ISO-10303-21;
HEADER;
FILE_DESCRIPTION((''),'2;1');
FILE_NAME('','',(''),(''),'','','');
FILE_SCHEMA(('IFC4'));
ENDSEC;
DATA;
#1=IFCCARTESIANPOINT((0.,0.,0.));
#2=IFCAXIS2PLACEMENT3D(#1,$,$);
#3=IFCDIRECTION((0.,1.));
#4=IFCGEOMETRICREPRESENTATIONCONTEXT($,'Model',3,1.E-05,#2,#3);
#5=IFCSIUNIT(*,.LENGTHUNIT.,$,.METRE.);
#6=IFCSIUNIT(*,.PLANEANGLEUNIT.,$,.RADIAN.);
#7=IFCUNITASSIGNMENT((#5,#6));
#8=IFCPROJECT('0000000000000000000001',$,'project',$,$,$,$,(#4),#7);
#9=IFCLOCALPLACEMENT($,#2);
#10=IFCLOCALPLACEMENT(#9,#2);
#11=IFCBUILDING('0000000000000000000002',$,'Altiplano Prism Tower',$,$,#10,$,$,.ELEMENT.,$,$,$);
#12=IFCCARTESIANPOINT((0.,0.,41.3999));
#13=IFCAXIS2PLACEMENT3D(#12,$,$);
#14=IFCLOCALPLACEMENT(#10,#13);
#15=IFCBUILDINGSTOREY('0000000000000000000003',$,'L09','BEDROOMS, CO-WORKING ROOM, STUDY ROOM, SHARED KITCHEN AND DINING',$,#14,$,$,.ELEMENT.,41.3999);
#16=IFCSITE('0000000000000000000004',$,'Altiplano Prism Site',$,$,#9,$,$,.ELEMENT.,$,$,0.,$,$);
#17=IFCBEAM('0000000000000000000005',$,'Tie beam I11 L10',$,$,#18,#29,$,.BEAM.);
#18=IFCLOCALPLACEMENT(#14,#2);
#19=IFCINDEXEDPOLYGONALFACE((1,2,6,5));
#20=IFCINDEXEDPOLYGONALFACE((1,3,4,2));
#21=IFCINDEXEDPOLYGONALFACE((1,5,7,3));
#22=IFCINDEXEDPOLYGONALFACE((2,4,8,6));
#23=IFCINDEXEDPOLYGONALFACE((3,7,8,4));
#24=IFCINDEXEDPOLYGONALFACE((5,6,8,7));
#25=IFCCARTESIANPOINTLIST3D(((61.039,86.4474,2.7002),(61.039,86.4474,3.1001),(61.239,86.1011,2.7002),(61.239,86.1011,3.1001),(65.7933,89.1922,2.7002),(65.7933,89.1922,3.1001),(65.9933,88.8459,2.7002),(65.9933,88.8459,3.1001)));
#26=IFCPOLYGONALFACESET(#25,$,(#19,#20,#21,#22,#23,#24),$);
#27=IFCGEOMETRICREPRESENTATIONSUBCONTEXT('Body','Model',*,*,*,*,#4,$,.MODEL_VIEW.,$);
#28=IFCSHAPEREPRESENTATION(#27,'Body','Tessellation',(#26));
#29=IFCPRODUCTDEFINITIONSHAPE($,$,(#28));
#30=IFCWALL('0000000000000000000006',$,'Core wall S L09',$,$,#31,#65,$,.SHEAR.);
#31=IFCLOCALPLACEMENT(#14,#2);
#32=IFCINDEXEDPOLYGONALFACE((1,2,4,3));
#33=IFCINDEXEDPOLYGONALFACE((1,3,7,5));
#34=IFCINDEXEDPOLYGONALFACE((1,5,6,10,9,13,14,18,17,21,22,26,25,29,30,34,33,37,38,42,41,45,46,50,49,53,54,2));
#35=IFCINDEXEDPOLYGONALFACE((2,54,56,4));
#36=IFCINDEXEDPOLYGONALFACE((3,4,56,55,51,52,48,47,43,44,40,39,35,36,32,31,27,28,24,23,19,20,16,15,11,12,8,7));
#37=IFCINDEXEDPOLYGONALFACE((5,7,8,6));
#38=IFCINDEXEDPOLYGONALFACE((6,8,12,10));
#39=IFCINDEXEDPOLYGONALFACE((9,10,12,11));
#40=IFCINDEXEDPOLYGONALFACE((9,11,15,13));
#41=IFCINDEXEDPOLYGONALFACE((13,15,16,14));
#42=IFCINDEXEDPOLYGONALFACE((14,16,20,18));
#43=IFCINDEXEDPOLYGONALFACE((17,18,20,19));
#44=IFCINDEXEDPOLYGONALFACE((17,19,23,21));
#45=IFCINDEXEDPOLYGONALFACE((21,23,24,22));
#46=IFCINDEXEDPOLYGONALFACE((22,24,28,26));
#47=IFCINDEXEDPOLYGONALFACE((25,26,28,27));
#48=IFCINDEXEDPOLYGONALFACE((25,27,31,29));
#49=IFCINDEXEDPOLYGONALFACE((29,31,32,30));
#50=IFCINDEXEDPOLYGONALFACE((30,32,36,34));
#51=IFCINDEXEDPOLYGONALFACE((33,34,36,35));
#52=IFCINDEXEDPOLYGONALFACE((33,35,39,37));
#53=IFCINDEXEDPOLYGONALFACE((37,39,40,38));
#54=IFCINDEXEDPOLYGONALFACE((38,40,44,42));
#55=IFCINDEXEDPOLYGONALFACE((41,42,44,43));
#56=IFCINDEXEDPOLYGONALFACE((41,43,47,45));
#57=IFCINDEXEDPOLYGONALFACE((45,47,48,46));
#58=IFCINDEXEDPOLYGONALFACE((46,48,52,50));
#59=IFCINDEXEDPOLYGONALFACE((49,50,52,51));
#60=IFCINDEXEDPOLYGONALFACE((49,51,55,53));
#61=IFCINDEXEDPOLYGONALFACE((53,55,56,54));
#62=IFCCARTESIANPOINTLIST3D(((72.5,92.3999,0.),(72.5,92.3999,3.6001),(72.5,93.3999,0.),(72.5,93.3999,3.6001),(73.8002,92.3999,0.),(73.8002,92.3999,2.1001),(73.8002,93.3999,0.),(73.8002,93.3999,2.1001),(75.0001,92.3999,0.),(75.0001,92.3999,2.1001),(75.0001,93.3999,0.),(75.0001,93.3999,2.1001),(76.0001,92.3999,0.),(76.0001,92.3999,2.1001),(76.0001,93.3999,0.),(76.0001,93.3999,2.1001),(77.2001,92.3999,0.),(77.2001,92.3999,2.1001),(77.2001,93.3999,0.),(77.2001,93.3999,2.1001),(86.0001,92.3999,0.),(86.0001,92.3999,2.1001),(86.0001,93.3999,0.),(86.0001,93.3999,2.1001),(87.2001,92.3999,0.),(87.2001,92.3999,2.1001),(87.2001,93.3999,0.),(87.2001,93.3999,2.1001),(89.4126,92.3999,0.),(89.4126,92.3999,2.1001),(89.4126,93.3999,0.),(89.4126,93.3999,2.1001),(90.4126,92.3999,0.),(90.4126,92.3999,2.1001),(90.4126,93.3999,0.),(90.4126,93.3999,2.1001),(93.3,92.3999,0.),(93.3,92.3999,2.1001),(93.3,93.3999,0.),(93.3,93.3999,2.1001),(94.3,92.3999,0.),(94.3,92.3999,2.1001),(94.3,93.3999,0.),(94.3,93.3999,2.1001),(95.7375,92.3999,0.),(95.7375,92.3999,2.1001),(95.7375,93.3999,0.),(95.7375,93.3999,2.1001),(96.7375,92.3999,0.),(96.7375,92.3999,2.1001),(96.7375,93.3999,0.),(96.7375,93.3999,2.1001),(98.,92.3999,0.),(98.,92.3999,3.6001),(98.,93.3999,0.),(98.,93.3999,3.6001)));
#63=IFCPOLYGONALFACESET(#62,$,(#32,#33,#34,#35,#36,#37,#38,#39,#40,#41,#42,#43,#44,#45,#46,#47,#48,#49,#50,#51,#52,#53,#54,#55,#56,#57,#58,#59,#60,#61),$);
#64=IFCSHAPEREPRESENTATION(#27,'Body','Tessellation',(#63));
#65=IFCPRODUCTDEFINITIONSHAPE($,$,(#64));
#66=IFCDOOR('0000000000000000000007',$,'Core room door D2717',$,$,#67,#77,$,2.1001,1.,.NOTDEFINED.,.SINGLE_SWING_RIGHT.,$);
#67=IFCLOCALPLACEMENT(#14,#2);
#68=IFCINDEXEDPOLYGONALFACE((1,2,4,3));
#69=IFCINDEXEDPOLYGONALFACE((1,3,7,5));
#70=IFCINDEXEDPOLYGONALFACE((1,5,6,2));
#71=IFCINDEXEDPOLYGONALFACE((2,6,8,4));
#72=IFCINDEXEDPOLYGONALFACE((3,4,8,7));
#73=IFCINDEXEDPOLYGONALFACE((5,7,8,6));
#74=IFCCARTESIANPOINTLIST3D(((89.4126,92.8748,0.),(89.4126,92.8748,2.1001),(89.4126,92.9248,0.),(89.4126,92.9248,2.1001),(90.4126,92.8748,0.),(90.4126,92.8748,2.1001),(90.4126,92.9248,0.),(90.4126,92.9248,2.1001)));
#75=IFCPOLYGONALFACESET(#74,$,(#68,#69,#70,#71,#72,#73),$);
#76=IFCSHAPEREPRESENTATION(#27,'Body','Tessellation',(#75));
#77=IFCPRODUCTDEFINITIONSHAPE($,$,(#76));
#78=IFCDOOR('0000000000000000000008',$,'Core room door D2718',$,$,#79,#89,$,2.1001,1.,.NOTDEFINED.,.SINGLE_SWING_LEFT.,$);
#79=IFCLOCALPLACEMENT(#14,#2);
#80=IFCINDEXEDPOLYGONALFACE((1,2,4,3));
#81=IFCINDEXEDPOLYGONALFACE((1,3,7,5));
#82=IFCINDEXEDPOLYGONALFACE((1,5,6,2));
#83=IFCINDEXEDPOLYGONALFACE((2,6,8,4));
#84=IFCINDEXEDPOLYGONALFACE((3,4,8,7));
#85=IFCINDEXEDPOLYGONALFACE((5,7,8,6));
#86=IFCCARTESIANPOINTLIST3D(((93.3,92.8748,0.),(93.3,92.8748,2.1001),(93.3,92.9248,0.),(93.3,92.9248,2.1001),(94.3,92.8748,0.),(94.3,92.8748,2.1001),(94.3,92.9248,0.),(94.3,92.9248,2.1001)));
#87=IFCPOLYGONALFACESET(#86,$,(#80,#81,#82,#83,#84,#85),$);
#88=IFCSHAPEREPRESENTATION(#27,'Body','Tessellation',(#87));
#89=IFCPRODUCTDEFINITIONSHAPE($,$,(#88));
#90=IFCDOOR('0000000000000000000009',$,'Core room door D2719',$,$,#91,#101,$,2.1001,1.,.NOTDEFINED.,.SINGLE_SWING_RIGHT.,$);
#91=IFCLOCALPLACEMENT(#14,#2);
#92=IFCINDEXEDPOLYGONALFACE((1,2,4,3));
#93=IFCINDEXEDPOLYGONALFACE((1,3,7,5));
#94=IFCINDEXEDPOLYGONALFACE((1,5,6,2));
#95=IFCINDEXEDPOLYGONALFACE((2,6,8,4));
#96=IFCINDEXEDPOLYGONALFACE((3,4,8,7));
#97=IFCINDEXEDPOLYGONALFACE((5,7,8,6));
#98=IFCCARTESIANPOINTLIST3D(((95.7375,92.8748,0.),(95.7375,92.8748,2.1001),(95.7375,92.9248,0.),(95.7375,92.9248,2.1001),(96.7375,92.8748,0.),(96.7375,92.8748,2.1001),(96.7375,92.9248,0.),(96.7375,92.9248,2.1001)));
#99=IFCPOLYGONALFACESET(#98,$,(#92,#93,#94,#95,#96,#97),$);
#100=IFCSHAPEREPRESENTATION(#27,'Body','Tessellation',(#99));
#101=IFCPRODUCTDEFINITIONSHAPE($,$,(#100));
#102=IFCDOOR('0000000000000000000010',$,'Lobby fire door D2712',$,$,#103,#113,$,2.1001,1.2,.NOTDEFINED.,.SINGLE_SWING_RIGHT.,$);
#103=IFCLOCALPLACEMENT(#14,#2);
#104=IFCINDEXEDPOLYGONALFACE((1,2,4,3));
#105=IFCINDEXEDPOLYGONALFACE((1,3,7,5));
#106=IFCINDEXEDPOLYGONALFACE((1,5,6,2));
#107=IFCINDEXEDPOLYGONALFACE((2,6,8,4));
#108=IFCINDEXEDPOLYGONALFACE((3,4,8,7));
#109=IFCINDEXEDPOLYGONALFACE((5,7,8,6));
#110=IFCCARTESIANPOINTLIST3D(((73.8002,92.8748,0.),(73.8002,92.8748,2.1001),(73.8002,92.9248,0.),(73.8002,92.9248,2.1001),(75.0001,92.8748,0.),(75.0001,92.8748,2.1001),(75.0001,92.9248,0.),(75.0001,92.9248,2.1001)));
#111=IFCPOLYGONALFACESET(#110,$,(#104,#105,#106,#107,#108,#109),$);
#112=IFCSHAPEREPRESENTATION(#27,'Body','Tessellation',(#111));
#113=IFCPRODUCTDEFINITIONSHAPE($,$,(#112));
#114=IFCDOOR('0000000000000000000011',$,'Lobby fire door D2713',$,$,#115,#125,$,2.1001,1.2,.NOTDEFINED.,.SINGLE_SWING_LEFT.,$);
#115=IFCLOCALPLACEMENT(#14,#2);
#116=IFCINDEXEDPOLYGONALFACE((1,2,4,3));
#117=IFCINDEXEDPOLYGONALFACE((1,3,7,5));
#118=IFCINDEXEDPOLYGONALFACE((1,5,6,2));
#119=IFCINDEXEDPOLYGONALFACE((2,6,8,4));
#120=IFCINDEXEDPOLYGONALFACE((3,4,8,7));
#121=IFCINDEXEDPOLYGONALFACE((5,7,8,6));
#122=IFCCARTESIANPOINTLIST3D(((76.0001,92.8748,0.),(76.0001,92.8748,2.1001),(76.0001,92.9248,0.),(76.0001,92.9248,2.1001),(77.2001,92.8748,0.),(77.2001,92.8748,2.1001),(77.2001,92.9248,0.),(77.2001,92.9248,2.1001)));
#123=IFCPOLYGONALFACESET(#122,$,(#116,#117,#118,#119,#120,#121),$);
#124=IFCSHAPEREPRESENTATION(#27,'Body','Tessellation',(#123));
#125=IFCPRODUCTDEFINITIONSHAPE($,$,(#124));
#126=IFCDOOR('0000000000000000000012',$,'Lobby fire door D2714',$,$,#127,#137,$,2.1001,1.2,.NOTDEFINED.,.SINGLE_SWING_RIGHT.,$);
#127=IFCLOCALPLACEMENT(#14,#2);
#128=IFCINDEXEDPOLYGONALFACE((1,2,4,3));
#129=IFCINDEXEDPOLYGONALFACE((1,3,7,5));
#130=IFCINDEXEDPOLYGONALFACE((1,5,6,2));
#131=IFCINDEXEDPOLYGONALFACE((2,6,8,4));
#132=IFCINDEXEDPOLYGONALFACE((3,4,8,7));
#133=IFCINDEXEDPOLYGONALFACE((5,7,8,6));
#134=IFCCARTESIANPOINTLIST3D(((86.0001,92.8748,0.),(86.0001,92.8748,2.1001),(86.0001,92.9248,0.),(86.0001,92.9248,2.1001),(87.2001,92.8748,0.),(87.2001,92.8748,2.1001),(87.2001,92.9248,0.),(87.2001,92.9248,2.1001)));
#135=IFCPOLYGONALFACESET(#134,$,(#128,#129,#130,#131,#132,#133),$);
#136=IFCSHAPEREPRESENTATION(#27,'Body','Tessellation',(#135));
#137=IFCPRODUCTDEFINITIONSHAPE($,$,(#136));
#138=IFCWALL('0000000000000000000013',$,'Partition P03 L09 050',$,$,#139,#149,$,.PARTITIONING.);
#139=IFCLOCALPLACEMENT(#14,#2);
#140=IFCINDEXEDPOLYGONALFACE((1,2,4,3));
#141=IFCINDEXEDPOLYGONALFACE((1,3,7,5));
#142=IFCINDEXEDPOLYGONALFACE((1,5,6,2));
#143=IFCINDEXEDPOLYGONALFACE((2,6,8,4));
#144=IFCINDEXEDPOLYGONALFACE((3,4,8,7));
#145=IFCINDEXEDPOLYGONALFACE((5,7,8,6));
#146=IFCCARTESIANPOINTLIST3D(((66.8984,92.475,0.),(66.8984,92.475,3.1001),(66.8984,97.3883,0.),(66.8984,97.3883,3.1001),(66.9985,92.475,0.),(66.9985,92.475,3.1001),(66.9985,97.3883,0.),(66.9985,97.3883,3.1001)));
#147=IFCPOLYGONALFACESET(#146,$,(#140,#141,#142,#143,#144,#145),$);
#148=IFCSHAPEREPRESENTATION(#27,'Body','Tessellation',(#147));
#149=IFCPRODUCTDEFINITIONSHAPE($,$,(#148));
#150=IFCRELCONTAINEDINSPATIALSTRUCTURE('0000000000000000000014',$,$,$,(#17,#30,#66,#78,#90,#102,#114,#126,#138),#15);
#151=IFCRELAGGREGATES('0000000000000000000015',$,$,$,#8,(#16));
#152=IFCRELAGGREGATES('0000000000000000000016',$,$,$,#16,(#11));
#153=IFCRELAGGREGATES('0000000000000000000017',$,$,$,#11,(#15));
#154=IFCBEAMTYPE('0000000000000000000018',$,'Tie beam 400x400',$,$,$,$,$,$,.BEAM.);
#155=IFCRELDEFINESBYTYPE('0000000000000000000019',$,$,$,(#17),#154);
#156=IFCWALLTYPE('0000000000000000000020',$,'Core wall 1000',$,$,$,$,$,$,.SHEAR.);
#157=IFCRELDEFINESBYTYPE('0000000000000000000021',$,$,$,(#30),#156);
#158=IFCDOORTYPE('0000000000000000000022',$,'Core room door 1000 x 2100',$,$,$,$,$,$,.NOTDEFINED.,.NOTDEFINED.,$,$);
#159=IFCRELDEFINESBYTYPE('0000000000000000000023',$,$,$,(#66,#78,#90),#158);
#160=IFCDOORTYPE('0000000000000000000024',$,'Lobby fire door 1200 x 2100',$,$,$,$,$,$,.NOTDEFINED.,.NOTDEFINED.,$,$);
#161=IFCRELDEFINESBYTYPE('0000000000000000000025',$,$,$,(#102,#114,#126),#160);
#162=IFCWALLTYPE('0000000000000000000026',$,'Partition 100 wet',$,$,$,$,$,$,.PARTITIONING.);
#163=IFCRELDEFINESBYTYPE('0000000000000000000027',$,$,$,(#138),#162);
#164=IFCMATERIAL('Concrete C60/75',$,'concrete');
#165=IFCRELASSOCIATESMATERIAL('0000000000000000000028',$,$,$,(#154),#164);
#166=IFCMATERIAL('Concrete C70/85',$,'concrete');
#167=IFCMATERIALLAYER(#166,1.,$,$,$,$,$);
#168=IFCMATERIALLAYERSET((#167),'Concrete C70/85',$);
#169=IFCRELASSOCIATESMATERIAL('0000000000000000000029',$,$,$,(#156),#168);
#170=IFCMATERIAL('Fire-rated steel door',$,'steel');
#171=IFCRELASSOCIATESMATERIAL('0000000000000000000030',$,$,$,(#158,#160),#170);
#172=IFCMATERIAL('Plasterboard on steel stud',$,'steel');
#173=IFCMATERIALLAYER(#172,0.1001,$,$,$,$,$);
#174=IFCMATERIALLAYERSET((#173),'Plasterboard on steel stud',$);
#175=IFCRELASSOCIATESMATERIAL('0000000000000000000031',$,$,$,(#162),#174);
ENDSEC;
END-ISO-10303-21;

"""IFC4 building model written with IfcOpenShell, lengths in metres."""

from ifc_helpers import new_model, si_unit, direction, frame, frame_2d, origin, origin_2d, place, context, subcontext, project, spatial, rectangle, extrude, material, layer, layer_set, material_profile, profile_set, type_object, element, fill, save


model = new_model("IFC4")

# Units and contexts
model_context = context("Model", 3, precision=1e-05, world=origin(), true_north=direction((0.0, 1.0)))
body_context = subcontext(model_context, "Body", "Model", "MODEL_VIEW")
ifc_project = project(units=[si_unit("LENGTHUNIT", "METRE"), si_unit("PLANEANGLEUNIT", "RADIAN")], contexts=[model_context])

# Site, building, storey
site_placement = place(None, origin())
site = spatial("IfcSite", under=ifc_project, at=site_placement, Name="Altiplano Prism Site", CompositionType="ELEMENT", RefElevation=0.0)
building_placement = place(site_placement, origin())
building = spatial("IfcBuilding", under=site, at=building_placement, Name="Altiplano Prism Tower", CompositionType="ELEMENT")
storey_placement = place(building_placement, frame((0.0, 0.0, 41.3999)))
storey = spatial("IfcBuildingStorey", under=building, at=storey_placement, Name="L09", Description="BEDROOMS, CO-WORKING ROOM, STUDY ROOM, SHARED KITCHEN AND DINING", CompositionType="ELEMENT", Elevation=41.3999)

# Beam
ifc_material_1 = material(Name="Concrete C60/75", Category="concrete")
ifc_material_profile = material_profile(ifc_material_1, rectangle(XDim=0.3999, YDim=0.3999, at=origin_2d()), Name="Tie beam 400x400")
ifc_profile_set = profile_set([ifc_material_profile], Name="Concrete C60/75")
beam_type = type_object("IfcBeamType", Name="Tie beam 400x400", PredefinedType="BEAM", material=ifc_profile_set)
beam_placement = place(storey_placement, frame((65.8933, 89.019, 2.9001), z_axis=(-0.866032, -0.499989, 0.0), x_axis=(0.499989, -0.866032, 0.0)))
element("IfcBeam", 1, at=beam_placement, inside=storey, type_object=beam_type, Name="Tie beam I11 L10", PredefinedType="BEAM", context=body_context, shape_type="SweptSolid", body=[
    extrude(rectangle(XDim=0.3999, YDim=0.3999, at=origin_2d()), origin(), (0.0, 0.0, 1.0), 5.4897),
])

# Wall, openings, doors
ifc_material_2 = material(Name="Concrete C70/85", Category="concrete")
ifc_layer_1 = layer(ifc_material_2, 1.0)
ifc_layer_set_1 = layer_set([ifc_layer_1], Name="Concrete C70/85")
wall_type_1 = type_object("IfcWallType", Name="Core wall 1000", PredefinedType="SHEAR", material=ifc_layer_set_1)
wall_1_placement = place(storey_placement, frame((72.5, 92.8999, 0.0), z_axis=(0.0, 0.0, 1.0), x_axis=(1.0, 0.0, 0.0)))
wall_1 = element("IfcWall", 2, at=wall_1_placement, inside=storey, type_object=wall_type_1, Name="Core wall S L09", PredefinedType="SHEAR", context=body_context, shape_type="SweptSolid", body=[
    extrude(rectangle(XDim=25.5, YDim=1.0, at=frame_2d((12.75, 0.0))), origin(), (0.0, 0.0, 1.0), 3.6001),
])
opening_1_placement = place(wall_1_placement, frame((1.3, 0.0, 0.0)))
opening_1 = element("IfcOpeningElement", 3, at=opening_1_placement, cuts=wall_1, PredefinedType="OPENING", context=body_context, shape_type="SweptSolid", body=[
    extrude(rectangle(XDim=1.2, YDim=2.1001, at=frame_2d((0.6001, 1.05))), frame((0.0, 0.5105, 0.0), z_axis=(0.0, -1.0, 0.0), x_axis=(1.0, 0.0, 0.0)), (0.0, 0.0, 1.0), 1.021),
])
opening_2_placement = place(wall_1_placement, frame((3.5, 0.0, 0.0)))
opening_2 = element("IfcOpeningElement", 4, at=opening_2_placement, cuts=wall_1, PredefinedType="OPENING", context=body_context, shape_type="SweptSolid", body=[
    extrude(rectangle(XDim=1.2, YDim=2.1001, at=frame_2d((0.6001, 1.05))), frame((0.0, 0.5105, 0.0), z_axis=(0.0, -1.0, 0.0), x_axis=(1.0, 0.0, 0.0)), (0.0, 0.0, 1.0), 1.021),
])
opening_3_placement = place(wall_1_placement, frame((13.5, 0.0, 0.0)))
opening_3 = element("IfcOpeningElement", 5, at=opening_3_placement, cuts=wall_1, PredefinedType="OPENING", context=body_context, shape_type="SweptSolid", body=[
    extrude(rectangle(XDim=1.2, YDim=2.1001, at=frame_2d((0.6001, 1.05))), frame((0.0, 0.5105, 0.0), z_axis=(0.0, -1.0, 0.0), x_axis=(1.0, 0.0, 0.0)), (0.0, 0.0, 1.0), 1.021),
])
opening_4_placement = place(wall_1_placement, frame((16.9126, 0.0, 0.0)))
opening_4 = element("IfcOpeningElement", 6, at=opening_4_placement, cuts=wall_1, PredefinedType="OPENING", context=body_context, shape_type="SweptSolid", body=[
    extrude(rectangle(XDim=1.0, YDim=2.1001, at=frame_2d((0.5, 1.05))), frame((0.0, 0.5105, 0.0), z_axis=(0.0, -1.0, 0.0), x_axis=(1.0, 0.0, 0.0)), (0.0, 0.0, 1.0), 1.021),
])
opening_5_placement = place(wall_1_placement, frame((20.8, 0.0, 0.0)))
opening_5 = element("IfcOpeningElement", 7, at=opening_5_placement, cuts=wall_1, PredefinedType="OPENING", context=body_context, shape_type="SweptSolid", body=[
    extrude(rectangle(XDim=1.0, YDim=2.1001, at=frame_2d((0.5, 1.05))), frame((0.0, 0.5105, 0.0), z_axis=(0.0, -1.0, 0.0), x_axis=(1.0, 0.0, 0.0)), (0.0, 0.0, 1.0), 1.021),
])
opening_6_placement = place(wall_1_placement, frame((23.2375, 0.0, 0.0)))
opening_6 = element("IfcOpeningElement", 8, at=opening_6_placement, cuts=wall_1, PredefinedType="OPENING", context=body_context, shape_type="SweptSolid", body=[
    extrude(rectangle(XDim=1.0, YDim=2.1001, at=frame_2d((0.5, 1.05))), frame((0.0, 0.5105, 0.0), z_axis=(0.0, -1.0, 0.0), x_axis=(1.0, 0.0, 0.0)), (0.0, 0.0, 1.0), 1.021),
])
ifc_material_3 = material(Name="Fire-rated steel door", Category="steel")
door_type_1 = type_object("IfcDoorType", Name="Core room door 1000 x 2100", OperationType="NOTDEFINED", PredefinedType="NOTDEFINED", material=ifc_material_3)
door_1_placement = place(opening_4_placement, origin())
door_1 = element("IfcDoor", 9, at=door_1_placement, inside=storey, type_object=door_type_1, Name="Core room door D2717", OperationType="SINGLE_SWING_RIGHT", OverallHeight=2.1001, OverallWidth=1.0, PredefinedType="NOTDEFINED", context=body_context, shape_type="SweptSolid", body=[
    extrude(rectangle(XDim=1.0, YDim=2.1001, at=frame_2d((0.5, 1.05))), frame((0.0, 0.0249, 0.0), z_axis=(0.0, -1.0, 0.0), x_axis=(1.0, 0.0, 0.0)), (0.0, 0.0, 1.0), 0.05),
])
fill(opening_4, door_1)
door_2_placement = place(opening_5_placement, origin())
door_2 = element("IfcDoor", 10, at=door_2_placement, inside=storey, type_object=door_type_1, Name="Core room door D2718", OperationType="SINGLE_SWING_LEFT", OverallHeight=2.1001, OverallWidth=1.0, PredefinedType="NOTDEFINED", context=body_context, shape_type="SweptSolid", body=[
    extrude(rectangle(XDim=1.0, YDim=2.1001, at=frame_2d((0.5, 1.05))), frame((0.0, 0.0249, 0.0), z_axis=(0.0, -1.0, 0.0), x_axis=(1.0, 0.0, 0.0)), (0.0, 0.0, 1.0), 0.05),
])
fill(opening_5, door_2)
door_3_placement = place(opening_6_placement, origin())
door_3 = element("IfcDoor", 11, at=door_3_placement, inside=storey, type_object=door_type_1, Name="Core room door D2719", OperationType="SINGLE_SWING_RIGHT", OverallHeight=2.1001, OverallWidth=1.0, PredefinedType="NOTDEFINED", context=body_context, shape_type="SweptSolid", body=[
    extrude(rectangle(XDim=1.0, YDim=2.1001, at=frame_2d((0.5, 1.05))), frame((0.0, 0.0249, 0.0), z_axis=(0.0, -1.0, 0.0), x_axis=(1.0, 0.0, 0.0)), (0.0, 0.0, 1.0), 0.05),
])
fill(opening_6, door_3)
door_type_2 = type_object("IfcDoorType", Name="Lobby fire door 1200 x 2100", OperationType="NOTDEFINED", PredefinedType="NOTDEFINED", material=ifc_material_3)
door_4_placement = place(opening_1_placement, origin())
door_4 = element("IfcDoor", 12, at=door_4_placement, inside=storey, type_object=door_type_2, Name="Lobby fire door D2712", OperationType="SINGLE_SWING_RIGHT", OverallHeight=2.1001, OverallWidth=1.2, PredefinedType="NOTDEFINED", context=body_context, shape_type="SweptSolid", body=[
    extrude(rectangle(XDim=1.2, YDim=2.1001, at=frame_2d((0.6001, 1.05))), frame((0.0, 0.0249, 0.0), z_axis=(0.0, -1.0, 0.0), x_axis=(1.0, 0.0, 0.0)), (0.0, 0.0, 1.0), 0.05),
])
fill(opening_1, door_4)
door_5_placement = place(opening_2_placement, origin())
door_5 = element("IfcDoor", 13, at=door_5_placement, inside=storey, type_object=door_type_2, Name="Lobby fire door D2713", OperationType="SINGLE_SWING_LEFT", OverallHeight=2.1001, OverallWidth=1.2, PredefinedType="NOTDEFINED", context=body_context, shape_type="SweptSolid", body=[
    extrude(rectangle(XDim=1.2, YDim=2.1001, at=frame_2d((0.6001, 1.05))), frame((0.0, 0.0249, 0.0), z_axis=(0.0, -1.0, 0.0), x_axis=(1.0, 0.0, 0.0)), (0.0, 0.0, 1.0), 0.05),
])
fill(opening_2, door_5)
door_6_placement = place(opening_3_placement, origin())
door_6 = element("IfcDoor", 14, at=door_6_placement, inside=storey, type_object=door_type_2, Name="Lobby fire door D2714", OperationType="SINGLE_SWING_RIGHT", OverallHeight=2.1001, OverallWidth=1.2, PredefinedType="NOTDEFINED", context=body_context, shape_type="SweptSolid", body=[
    extrude(rectangle(XDim=1.2, YDim=2.1001, at=frame_2d((0.6001, 1.05))), frame((0.0, 0.0249, 0.0), z_axis=(0.0, -1.0, 0.0), x_axis=(1.0, 0.0, 0.0)), (0.0, 0.0, 1.0), 0.05),
])
fill(opening_3, door_6)

# Wall
ifc_material_4 = material(Name="Plasterboard on steel stud", Category="steel")
ifc_layer_2 = layer(ifc_material_4, 0.1001)
ifc_layer_set_2 = layer_set([ifc_layer_2], Name="Plasterboard on steel stud")
wall_type_2 = type_object("IfcWallType", Name="Partition 100 wet", PredefinedType="PARTITIONING", material=ifc_layer_set_2)
wall_2_placement = place(storey_placement, frame((66.9485, 92.4751, 0.0), z_axis=(0.0, 0.0, 1.0), x_axis=(0.0, 1.0, 0.0)))
element("IfcWall", 15, at=wall_2_placement, inside=storey, type_object=wall_type_2, Name="Partition P03 L09 050", PredefinedType="PARTITIONING", context=body_context, shape_type="SweptSolid", body=[
    extrude(rectangle(XDim=4.9133, YDim=0.1001, at=frame_2d((2.4565, 0.0))), origin(), (0.0, 0.0, 1.0), 3.1001),
])

save(model, "model.ifc")
